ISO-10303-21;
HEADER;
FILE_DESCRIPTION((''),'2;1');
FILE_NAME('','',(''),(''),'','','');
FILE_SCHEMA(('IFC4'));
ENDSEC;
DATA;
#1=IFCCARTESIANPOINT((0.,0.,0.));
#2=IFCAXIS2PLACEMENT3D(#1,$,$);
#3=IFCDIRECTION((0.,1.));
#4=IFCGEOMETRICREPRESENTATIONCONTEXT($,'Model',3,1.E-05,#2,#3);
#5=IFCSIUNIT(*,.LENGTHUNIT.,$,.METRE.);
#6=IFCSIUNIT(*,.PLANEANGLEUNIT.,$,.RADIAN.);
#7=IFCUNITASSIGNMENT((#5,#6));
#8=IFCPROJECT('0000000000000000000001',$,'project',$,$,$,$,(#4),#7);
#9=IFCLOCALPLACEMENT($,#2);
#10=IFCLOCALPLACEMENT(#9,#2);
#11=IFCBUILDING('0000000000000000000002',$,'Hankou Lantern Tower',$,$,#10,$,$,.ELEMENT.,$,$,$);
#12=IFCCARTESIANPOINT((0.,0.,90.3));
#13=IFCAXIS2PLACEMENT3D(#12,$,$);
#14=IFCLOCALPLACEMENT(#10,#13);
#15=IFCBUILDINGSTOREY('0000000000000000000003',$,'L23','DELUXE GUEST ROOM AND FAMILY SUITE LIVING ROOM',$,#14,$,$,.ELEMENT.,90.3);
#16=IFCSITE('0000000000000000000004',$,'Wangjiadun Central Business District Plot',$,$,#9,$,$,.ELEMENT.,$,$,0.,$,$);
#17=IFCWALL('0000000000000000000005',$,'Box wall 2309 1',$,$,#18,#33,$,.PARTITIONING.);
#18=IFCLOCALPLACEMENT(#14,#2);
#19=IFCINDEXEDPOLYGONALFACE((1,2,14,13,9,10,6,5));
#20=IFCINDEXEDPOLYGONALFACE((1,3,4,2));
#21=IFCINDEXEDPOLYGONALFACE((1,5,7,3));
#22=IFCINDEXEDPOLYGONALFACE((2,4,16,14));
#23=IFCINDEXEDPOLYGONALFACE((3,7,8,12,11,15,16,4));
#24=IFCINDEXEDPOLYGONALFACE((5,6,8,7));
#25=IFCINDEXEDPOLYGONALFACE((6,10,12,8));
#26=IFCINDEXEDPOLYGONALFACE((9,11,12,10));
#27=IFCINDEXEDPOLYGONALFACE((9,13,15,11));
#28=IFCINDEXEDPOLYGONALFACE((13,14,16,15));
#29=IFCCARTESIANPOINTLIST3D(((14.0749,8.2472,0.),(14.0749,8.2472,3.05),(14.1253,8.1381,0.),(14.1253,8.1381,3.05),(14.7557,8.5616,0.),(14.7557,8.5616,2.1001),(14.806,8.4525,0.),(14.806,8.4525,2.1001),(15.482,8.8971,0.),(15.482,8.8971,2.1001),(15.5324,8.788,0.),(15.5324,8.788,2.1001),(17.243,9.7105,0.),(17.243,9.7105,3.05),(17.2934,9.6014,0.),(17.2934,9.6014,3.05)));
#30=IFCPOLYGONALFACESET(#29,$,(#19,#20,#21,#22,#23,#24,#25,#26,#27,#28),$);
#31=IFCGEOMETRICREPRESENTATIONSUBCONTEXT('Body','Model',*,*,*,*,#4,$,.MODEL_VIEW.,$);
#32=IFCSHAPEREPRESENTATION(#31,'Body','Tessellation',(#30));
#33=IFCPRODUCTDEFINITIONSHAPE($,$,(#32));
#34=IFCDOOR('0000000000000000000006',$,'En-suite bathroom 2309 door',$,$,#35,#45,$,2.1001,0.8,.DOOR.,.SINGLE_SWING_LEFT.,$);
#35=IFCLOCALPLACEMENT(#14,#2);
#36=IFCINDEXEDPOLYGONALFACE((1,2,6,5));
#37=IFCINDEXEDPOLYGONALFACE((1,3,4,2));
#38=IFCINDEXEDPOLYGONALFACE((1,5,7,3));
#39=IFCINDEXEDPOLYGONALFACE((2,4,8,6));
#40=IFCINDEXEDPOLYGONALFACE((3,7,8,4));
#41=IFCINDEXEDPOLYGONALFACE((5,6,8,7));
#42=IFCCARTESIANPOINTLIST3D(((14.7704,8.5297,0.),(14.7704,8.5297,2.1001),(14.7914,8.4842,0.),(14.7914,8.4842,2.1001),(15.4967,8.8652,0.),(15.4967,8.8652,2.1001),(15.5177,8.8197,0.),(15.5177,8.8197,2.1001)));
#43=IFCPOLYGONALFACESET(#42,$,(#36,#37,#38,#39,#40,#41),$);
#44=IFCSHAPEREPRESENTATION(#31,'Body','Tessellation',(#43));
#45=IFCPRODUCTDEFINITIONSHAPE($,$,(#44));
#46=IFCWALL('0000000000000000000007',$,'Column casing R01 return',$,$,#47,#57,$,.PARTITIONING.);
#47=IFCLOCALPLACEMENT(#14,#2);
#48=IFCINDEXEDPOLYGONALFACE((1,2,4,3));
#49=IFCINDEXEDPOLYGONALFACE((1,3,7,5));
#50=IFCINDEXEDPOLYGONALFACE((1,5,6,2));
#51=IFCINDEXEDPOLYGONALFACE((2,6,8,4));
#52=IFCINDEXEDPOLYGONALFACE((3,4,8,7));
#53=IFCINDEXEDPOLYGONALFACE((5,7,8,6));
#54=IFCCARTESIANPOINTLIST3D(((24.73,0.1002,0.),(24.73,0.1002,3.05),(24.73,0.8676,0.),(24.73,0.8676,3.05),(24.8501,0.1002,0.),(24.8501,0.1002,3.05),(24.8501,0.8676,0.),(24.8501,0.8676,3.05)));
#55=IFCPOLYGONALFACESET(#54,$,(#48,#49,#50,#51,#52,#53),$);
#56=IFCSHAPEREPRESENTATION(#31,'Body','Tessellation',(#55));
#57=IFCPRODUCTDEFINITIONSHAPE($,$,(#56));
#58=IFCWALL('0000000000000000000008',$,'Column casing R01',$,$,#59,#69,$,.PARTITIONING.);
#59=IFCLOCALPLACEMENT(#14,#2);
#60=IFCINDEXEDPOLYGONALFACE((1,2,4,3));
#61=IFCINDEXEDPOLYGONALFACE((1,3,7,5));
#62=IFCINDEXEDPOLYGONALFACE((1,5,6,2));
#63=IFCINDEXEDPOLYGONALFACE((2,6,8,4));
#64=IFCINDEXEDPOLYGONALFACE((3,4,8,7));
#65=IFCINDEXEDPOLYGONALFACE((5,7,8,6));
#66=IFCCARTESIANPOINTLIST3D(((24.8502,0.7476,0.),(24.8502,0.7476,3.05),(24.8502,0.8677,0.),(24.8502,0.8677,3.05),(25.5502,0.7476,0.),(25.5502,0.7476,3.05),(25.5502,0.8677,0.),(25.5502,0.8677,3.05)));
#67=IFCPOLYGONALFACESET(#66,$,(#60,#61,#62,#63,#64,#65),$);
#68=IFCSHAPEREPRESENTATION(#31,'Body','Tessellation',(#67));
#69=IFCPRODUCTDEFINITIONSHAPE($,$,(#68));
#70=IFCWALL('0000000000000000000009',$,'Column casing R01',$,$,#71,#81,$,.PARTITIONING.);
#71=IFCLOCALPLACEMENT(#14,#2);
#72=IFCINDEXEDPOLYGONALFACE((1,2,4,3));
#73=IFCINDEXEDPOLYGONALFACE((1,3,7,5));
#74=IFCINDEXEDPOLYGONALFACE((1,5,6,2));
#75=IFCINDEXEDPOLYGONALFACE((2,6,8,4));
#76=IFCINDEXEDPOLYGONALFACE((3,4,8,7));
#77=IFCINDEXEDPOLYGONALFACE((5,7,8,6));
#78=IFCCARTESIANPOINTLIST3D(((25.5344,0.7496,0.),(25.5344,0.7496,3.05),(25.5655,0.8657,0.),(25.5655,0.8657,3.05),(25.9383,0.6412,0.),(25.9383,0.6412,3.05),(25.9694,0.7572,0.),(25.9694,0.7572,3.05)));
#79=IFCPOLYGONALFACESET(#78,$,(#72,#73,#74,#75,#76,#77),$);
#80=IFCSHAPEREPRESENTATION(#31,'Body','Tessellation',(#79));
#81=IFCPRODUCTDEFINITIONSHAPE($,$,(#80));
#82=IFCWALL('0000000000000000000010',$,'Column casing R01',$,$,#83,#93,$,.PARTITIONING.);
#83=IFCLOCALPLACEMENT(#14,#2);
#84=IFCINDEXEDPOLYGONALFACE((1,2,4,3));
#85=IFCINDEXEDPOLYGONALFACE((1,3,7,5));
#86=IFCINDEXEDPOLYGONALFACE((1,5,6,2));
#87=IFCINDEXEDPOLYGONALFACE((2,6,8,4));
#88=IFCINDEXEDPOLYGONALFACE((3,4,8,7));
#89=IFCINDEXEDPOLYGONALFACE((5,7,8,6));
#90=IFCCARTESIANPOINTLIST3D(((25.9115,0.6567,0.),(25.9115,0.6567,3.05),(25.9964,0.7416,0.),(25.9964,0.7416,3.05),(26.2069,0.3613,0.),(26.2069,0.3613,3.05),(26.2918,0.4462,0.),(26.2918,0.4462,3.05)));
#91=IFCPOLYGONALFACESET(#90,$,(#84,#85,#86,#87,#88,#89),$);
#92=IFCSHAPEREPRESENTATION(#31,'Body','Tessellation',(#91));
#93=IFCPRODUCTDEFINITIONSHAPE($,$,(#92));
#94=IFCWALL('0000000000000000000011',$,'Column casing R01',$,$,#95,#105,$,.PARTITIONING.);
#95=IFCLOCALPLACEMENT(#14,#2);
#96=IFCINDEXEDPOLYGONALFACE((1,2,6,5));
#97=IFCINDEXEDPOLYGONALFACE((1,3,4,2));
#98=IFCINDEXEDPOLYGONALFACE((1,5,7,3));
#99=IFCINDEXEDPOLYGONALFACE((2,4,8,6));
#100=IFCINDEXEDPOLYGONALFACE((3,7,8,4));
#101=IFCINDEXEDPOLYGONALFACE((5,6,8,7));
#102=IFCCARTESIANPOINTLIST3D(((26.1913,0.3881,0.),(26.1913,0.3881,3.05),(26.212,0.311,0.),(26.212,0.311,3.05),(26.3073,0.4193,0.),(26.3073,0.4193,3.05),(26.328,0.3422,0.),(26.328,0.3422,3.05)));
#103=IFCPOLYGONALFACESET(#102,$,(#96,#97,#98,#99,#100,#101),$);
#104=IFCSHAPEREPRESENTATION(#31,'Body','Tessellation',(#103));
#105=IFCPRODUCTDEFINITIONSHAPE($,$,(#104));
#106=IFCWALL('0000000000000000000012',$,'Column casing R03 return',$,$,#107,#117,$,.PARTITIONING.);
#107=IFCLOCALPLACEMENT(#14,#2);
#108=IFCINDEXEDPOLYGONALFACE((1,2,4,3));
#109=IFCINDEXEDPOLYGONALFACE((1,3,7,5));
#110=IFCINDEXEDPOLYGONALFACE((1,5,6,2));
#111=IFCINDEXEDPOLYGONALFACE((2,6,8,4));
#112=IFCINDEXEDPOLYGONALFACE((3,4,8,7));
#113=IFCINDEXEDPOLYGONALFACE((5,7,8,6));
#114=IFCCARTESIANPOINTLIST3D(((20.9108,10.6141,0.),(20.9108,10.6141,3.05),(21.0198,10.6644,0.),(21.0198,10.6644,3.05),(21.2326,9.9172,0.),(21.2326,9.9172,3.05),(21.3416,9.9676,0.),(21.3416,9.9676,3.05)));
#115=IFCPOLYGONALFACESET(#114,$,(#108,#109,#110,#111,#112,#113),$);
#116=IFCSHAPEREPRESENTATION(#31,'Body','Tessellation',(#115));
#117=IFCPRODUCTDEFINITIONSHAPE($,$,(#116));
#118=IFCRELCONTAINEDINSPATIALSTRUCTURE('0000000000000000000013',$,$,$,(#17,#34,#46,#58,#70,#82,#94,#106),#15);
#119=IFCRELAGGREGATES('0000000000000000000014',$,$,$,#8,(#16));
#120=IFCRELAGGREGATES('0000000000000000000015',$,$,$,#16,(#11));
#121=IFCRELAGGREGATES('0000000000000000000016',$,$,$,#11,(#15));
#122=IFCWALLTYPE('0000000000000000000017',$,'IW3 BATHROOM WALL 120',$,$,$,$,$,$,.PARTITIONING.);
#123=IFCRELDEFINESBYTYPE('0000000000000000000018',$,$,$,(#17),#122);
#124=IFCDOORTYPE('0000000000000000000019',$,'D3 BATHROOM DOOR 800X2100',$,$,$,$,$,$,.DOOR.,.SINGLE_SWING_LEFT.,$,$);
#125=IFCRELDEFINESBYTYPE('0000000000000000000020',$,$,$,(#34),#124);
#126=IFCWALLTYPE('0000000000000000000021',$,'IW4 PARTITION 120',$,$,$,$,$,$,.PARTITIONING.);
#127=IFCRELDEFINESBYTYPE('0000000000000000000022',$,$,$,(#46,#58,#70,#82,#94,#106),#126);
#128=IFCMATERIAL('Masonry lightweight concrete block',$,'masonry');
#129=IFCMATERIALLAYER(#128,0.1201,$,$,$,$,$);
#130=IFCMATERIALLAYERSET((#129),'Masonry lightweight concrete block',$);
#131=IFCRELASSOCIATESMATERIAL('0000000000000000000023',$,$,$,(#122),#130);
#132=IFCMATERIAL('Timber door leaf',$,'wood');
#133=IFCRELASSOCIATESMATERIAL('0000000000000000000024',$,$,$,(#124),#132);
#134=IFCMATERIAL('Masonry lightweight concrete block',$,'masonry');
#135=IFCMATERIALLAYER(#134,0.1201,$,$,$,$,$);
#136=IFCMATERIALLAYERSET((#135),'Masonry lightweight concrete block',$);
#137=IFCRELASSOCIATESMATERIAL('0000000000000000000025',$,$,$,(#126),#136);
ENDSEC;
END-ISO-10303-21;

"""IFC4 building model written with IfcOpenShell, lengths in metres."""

from ifc_helpers import new_model, si_unit, direction, frame, frame_2d, origin, place, context, subcontext, project, spatial, rectangle, extrude, material, layer, layer_set, type_object, element, fill, save


model = new_model("IFC4")

# Units and contexts
model_context = context("Model", 3, precision=1e-05, world=origin(), true_north=direction((0.0, 1.0)))
body_context = subcontext(model_context, "Body", "Model", "MODEL_VIEW")
ifc_project = project(units=[si_unit("LENGTHUNIT", "METRE"), si_unit("PLANEANGLEUNIT", "RADIAN")], contexts=[model_context])

# Site, building, storey
site_placement = place(None, origin())
site = spatial("IfcSite", under=ifc_project, at=site_placement, Name="Wangjiadun Central Business District Plot", CompositionType="ELEMENT", RefElevation=0.0)
building_placement = place(site_placement, origin())
building = spatial("IfcBuilding", under=site, at=building_placement, Name="Hankou Lantern Tower", CompositionType="ELEMENT")
storey_placement = place(building_placement, frame((0.0, 0.0, 90.3)))
storey = spatial("IfcBuildingStorey", under=building, at=storey_placement, Name="L23", Description="DELUXE GUEST ROOM AND FAMILY SUITE LIVING ROOM", CompositionType="ELEMENT", Elevation=90.3)

# Shared definitions
ifc_material_1 = material(Name="Masonry lightweight concrete block", Category="masonry")
ifc_layer_1 = layer(ifc_material_1, 0.1201)
ifc_layer_set_1 = layer_set([ifc_layer_1], Name="Masonry lightweight concrete block")
wall_type_1 = type_object("IfcWallType", Name="IW3 BATHROOM WALL 120", PredefinedType="PARTITIONING", material=ifc_layer_set_1)

# Shared definitions
ifc_material_2 = material(Name="Timber door leaf", Category="wood")
door_type = type_object("IfcDoorType", Name="D3 BATHROOM DOOR 800X2100", OperationType="SINGLE_SWING_LEFT", PredefinedType="DOOR", material=ifc_material_2)

# Wall, opening, door
wall_1_placement = place(storey_placement, frame((14.1001, 8.1926, 0.0), z_axis=(0.0, 0.0, 1.0), x_axis=(0.907836, 0.419324, 0.0)))
wall_1 = element("IfcWall", 1, at=wall_1_placement, inside=storey, type_object=wall_type_1, Name="Box wall 2309 1", PredefinedType="PARTITIONING", context=body_context, shape_type="SweptSolid", body=[
    extrude(rectangle(XDim=3.4897, YDim=0.1201, at=frame_2d((1.7449, 0.0))), origin(), (0.0, 0.0, 1.0), 3.05),
])
opening_1_placement = place(wall_1_placement, frame((0.75, 0.0, 0.0)))
opening_1 = element("IfcOpeningElement", 2, at=opening_1_placement, cuts=wall_1, PredefinedType="OPENING", context=body_context, shape_type="SweptSolid", body=[
    extrude(rectangle(XDim=0.8, YDim=2.1001, at=frame_2d((0.3999, 1.05))), frame((0.0, 0.0701, 0.0), z_axis=(0.0, -1.0, 0.0), x_axis=(1.0, 0.0, 0.0)), (0.0, 0.0, 1.0), 0.1401),
])
door_1_placement = place(opening_1_placement, origin())
door_1 = element("IfcDoor", 3, at=door_1_placement, inside=storey, type_object=door_type, Name="En-suite bathroom 2309 door", OperationType="SINGLE_SWING_LEFT", OverallHeight=2.1001, OverallWidth=0.8, PredefinedType="DOOR", context=body_context, shape_type="SweptSolid", body=[
    extrude(rectangle(XDim=0.8, YDim=2.1001, at=frame_2d((0.3999, 1.05))), frame((0.0, 0.0249, 0.0), z_axis=(0.0, -1.0, 0.0), x_axis=(1.0, 0.0, 0.0)), (0.0, 0.0, 1.0), 0.05),
])
fill(opening_1, door_1)

# Walls
ifc_material_3 = material(Name="Masonry lightweight concrete block", Category="masonry")
ifc_layer_2 = layer(ifc_material_3, 0.1201)
ifc_layer_set_2 = layer_set([ifc_layer_2], Name="Masonry lightweight concrete block")
wall_type_2 = type_object("IfcWallType", Name="IW4 PARTITION 120", PredefinedType="PARTITIONING", material=ifc_layer_set_2)
wall_2_placement = place(storey_placement, frame((24.79, 0.1001, 0.0), z_axis=(0.0, 0.0, 1.0), x_axis=(0.0, 1.0, 0.0)))
element("IfcWall", 4, at=wall_2_placement, inside=storey, type_object=wall_type_2, Name="Column casing R01 return", PredefinedType="PARTITIONING", context=body_context, shape_type="SweptSolid", body=[
    extrude(rectangle(XDim=0.7673, YDim=0.1201, at=frame_2d((0.3838, 0.0))), origin(), (0.0, 0.0, 1.0), 3.05),
])
wall_3_placement = place(storey_placement, frame((24.8501, 0.8076, 0.0), z_axis=(0.0, 0.0, 1.0), x_axis=(1.0, 0.0, 0.0)))
element("IfcWall", 5, at=wall_3_placement, inside=storey, type_object=wall_type_2, Name="Column casing R01", PredefinedType="PARTITIONING", context=body_context, shape_type="SweptSolid", body=[
    extrude(rectangle(XDim=0.7, YDim=0.1201, at=frame_2d((0.3501, 0.0))), origin(), (0.0, 0.0, 1.0), 3.05),
])
wall_4_placement = place(storey_placement, frame((25.55, 0.8076, 0.0), z_axis=(0.0, 0.0, 1.0), x_axis=(0.965807, -0.259261, 0.0)))
element("IfcWall", 6, at=wall_4_placement, inside=storey, type_object=wall_type_2, Name="Column casing R01", PredefinedType="PARTITIONING", context=body_context, shape_type="SweptSolid", body=[
    extrude(rectangle(XDim=0.4182, YDim=0.1201, at=frame_2d((0.209, 0.0))), origin(), (0.0, 0.0, 1.0), 3.05),
])
wall_5_placement = place(storey_placement, frame((25.9539, 0.6992, 0.0), z_axis=(0.0, 0.0, 1.0), x_axis=(0.707107, -0.707107, 0.0)))
element("IfcWall", 7, at=wall_5_placement, inside=storey, type_object=wall_type_2, Name="Column casing R01", PredefinedType="PARTITIONING", context=body_context, shape_type="SweptSolid", body=[
    extrude(rectangle(XDim=0.4177, YDim=0.1201, at=frame_2d((0.209, 0.0))), origin(), (0.0, 0.0, 1.0), 3.05),
])
wall_6_placement = place(storey_placement, frame((26.2493, 0.4038, 0.0), z_axis=(0.0, 0.0, 1.0), x_axis=(0.259754, -0.965675, 0.0)))
element("IfcWall", 8, at=wall_6_placement, inside=storey, type_object=wall_type_2, Name="Column casing R01", PredefinedType="PARTITIONING", context=body_context, shape_type="SweptSolid", body=[
    extrude(rectangle(XDim=0.0798, YDim=0.1201, at=frame_2d((0.04, 0.0))), origin(), (0.0, 0.0, 1.0), 3.05),
])
wall_7_placement = place(storey_placement, frame((21.2871, 9.9424, 0.0), z_axis=(0.0, 0.0, 1.0), x_axis=(-0.41926, 0.907866, 0.0)))
element("IfcWall", 9, at=wall_7_placement, inside=storey, type_object=wall_type_2, Name="Column casing R03 return", PredefinedType="PARTITIONING", context=body_context, shape_type="SweptSolid", body=[
    extrude(rectangle(XDim=0.7676, YDim=0.1201, at=frame_2d((0.3838, 0.0))), origin(), (0.0, 0.0, 1.0), 3.05),
])

save(model, "model.ifc")
